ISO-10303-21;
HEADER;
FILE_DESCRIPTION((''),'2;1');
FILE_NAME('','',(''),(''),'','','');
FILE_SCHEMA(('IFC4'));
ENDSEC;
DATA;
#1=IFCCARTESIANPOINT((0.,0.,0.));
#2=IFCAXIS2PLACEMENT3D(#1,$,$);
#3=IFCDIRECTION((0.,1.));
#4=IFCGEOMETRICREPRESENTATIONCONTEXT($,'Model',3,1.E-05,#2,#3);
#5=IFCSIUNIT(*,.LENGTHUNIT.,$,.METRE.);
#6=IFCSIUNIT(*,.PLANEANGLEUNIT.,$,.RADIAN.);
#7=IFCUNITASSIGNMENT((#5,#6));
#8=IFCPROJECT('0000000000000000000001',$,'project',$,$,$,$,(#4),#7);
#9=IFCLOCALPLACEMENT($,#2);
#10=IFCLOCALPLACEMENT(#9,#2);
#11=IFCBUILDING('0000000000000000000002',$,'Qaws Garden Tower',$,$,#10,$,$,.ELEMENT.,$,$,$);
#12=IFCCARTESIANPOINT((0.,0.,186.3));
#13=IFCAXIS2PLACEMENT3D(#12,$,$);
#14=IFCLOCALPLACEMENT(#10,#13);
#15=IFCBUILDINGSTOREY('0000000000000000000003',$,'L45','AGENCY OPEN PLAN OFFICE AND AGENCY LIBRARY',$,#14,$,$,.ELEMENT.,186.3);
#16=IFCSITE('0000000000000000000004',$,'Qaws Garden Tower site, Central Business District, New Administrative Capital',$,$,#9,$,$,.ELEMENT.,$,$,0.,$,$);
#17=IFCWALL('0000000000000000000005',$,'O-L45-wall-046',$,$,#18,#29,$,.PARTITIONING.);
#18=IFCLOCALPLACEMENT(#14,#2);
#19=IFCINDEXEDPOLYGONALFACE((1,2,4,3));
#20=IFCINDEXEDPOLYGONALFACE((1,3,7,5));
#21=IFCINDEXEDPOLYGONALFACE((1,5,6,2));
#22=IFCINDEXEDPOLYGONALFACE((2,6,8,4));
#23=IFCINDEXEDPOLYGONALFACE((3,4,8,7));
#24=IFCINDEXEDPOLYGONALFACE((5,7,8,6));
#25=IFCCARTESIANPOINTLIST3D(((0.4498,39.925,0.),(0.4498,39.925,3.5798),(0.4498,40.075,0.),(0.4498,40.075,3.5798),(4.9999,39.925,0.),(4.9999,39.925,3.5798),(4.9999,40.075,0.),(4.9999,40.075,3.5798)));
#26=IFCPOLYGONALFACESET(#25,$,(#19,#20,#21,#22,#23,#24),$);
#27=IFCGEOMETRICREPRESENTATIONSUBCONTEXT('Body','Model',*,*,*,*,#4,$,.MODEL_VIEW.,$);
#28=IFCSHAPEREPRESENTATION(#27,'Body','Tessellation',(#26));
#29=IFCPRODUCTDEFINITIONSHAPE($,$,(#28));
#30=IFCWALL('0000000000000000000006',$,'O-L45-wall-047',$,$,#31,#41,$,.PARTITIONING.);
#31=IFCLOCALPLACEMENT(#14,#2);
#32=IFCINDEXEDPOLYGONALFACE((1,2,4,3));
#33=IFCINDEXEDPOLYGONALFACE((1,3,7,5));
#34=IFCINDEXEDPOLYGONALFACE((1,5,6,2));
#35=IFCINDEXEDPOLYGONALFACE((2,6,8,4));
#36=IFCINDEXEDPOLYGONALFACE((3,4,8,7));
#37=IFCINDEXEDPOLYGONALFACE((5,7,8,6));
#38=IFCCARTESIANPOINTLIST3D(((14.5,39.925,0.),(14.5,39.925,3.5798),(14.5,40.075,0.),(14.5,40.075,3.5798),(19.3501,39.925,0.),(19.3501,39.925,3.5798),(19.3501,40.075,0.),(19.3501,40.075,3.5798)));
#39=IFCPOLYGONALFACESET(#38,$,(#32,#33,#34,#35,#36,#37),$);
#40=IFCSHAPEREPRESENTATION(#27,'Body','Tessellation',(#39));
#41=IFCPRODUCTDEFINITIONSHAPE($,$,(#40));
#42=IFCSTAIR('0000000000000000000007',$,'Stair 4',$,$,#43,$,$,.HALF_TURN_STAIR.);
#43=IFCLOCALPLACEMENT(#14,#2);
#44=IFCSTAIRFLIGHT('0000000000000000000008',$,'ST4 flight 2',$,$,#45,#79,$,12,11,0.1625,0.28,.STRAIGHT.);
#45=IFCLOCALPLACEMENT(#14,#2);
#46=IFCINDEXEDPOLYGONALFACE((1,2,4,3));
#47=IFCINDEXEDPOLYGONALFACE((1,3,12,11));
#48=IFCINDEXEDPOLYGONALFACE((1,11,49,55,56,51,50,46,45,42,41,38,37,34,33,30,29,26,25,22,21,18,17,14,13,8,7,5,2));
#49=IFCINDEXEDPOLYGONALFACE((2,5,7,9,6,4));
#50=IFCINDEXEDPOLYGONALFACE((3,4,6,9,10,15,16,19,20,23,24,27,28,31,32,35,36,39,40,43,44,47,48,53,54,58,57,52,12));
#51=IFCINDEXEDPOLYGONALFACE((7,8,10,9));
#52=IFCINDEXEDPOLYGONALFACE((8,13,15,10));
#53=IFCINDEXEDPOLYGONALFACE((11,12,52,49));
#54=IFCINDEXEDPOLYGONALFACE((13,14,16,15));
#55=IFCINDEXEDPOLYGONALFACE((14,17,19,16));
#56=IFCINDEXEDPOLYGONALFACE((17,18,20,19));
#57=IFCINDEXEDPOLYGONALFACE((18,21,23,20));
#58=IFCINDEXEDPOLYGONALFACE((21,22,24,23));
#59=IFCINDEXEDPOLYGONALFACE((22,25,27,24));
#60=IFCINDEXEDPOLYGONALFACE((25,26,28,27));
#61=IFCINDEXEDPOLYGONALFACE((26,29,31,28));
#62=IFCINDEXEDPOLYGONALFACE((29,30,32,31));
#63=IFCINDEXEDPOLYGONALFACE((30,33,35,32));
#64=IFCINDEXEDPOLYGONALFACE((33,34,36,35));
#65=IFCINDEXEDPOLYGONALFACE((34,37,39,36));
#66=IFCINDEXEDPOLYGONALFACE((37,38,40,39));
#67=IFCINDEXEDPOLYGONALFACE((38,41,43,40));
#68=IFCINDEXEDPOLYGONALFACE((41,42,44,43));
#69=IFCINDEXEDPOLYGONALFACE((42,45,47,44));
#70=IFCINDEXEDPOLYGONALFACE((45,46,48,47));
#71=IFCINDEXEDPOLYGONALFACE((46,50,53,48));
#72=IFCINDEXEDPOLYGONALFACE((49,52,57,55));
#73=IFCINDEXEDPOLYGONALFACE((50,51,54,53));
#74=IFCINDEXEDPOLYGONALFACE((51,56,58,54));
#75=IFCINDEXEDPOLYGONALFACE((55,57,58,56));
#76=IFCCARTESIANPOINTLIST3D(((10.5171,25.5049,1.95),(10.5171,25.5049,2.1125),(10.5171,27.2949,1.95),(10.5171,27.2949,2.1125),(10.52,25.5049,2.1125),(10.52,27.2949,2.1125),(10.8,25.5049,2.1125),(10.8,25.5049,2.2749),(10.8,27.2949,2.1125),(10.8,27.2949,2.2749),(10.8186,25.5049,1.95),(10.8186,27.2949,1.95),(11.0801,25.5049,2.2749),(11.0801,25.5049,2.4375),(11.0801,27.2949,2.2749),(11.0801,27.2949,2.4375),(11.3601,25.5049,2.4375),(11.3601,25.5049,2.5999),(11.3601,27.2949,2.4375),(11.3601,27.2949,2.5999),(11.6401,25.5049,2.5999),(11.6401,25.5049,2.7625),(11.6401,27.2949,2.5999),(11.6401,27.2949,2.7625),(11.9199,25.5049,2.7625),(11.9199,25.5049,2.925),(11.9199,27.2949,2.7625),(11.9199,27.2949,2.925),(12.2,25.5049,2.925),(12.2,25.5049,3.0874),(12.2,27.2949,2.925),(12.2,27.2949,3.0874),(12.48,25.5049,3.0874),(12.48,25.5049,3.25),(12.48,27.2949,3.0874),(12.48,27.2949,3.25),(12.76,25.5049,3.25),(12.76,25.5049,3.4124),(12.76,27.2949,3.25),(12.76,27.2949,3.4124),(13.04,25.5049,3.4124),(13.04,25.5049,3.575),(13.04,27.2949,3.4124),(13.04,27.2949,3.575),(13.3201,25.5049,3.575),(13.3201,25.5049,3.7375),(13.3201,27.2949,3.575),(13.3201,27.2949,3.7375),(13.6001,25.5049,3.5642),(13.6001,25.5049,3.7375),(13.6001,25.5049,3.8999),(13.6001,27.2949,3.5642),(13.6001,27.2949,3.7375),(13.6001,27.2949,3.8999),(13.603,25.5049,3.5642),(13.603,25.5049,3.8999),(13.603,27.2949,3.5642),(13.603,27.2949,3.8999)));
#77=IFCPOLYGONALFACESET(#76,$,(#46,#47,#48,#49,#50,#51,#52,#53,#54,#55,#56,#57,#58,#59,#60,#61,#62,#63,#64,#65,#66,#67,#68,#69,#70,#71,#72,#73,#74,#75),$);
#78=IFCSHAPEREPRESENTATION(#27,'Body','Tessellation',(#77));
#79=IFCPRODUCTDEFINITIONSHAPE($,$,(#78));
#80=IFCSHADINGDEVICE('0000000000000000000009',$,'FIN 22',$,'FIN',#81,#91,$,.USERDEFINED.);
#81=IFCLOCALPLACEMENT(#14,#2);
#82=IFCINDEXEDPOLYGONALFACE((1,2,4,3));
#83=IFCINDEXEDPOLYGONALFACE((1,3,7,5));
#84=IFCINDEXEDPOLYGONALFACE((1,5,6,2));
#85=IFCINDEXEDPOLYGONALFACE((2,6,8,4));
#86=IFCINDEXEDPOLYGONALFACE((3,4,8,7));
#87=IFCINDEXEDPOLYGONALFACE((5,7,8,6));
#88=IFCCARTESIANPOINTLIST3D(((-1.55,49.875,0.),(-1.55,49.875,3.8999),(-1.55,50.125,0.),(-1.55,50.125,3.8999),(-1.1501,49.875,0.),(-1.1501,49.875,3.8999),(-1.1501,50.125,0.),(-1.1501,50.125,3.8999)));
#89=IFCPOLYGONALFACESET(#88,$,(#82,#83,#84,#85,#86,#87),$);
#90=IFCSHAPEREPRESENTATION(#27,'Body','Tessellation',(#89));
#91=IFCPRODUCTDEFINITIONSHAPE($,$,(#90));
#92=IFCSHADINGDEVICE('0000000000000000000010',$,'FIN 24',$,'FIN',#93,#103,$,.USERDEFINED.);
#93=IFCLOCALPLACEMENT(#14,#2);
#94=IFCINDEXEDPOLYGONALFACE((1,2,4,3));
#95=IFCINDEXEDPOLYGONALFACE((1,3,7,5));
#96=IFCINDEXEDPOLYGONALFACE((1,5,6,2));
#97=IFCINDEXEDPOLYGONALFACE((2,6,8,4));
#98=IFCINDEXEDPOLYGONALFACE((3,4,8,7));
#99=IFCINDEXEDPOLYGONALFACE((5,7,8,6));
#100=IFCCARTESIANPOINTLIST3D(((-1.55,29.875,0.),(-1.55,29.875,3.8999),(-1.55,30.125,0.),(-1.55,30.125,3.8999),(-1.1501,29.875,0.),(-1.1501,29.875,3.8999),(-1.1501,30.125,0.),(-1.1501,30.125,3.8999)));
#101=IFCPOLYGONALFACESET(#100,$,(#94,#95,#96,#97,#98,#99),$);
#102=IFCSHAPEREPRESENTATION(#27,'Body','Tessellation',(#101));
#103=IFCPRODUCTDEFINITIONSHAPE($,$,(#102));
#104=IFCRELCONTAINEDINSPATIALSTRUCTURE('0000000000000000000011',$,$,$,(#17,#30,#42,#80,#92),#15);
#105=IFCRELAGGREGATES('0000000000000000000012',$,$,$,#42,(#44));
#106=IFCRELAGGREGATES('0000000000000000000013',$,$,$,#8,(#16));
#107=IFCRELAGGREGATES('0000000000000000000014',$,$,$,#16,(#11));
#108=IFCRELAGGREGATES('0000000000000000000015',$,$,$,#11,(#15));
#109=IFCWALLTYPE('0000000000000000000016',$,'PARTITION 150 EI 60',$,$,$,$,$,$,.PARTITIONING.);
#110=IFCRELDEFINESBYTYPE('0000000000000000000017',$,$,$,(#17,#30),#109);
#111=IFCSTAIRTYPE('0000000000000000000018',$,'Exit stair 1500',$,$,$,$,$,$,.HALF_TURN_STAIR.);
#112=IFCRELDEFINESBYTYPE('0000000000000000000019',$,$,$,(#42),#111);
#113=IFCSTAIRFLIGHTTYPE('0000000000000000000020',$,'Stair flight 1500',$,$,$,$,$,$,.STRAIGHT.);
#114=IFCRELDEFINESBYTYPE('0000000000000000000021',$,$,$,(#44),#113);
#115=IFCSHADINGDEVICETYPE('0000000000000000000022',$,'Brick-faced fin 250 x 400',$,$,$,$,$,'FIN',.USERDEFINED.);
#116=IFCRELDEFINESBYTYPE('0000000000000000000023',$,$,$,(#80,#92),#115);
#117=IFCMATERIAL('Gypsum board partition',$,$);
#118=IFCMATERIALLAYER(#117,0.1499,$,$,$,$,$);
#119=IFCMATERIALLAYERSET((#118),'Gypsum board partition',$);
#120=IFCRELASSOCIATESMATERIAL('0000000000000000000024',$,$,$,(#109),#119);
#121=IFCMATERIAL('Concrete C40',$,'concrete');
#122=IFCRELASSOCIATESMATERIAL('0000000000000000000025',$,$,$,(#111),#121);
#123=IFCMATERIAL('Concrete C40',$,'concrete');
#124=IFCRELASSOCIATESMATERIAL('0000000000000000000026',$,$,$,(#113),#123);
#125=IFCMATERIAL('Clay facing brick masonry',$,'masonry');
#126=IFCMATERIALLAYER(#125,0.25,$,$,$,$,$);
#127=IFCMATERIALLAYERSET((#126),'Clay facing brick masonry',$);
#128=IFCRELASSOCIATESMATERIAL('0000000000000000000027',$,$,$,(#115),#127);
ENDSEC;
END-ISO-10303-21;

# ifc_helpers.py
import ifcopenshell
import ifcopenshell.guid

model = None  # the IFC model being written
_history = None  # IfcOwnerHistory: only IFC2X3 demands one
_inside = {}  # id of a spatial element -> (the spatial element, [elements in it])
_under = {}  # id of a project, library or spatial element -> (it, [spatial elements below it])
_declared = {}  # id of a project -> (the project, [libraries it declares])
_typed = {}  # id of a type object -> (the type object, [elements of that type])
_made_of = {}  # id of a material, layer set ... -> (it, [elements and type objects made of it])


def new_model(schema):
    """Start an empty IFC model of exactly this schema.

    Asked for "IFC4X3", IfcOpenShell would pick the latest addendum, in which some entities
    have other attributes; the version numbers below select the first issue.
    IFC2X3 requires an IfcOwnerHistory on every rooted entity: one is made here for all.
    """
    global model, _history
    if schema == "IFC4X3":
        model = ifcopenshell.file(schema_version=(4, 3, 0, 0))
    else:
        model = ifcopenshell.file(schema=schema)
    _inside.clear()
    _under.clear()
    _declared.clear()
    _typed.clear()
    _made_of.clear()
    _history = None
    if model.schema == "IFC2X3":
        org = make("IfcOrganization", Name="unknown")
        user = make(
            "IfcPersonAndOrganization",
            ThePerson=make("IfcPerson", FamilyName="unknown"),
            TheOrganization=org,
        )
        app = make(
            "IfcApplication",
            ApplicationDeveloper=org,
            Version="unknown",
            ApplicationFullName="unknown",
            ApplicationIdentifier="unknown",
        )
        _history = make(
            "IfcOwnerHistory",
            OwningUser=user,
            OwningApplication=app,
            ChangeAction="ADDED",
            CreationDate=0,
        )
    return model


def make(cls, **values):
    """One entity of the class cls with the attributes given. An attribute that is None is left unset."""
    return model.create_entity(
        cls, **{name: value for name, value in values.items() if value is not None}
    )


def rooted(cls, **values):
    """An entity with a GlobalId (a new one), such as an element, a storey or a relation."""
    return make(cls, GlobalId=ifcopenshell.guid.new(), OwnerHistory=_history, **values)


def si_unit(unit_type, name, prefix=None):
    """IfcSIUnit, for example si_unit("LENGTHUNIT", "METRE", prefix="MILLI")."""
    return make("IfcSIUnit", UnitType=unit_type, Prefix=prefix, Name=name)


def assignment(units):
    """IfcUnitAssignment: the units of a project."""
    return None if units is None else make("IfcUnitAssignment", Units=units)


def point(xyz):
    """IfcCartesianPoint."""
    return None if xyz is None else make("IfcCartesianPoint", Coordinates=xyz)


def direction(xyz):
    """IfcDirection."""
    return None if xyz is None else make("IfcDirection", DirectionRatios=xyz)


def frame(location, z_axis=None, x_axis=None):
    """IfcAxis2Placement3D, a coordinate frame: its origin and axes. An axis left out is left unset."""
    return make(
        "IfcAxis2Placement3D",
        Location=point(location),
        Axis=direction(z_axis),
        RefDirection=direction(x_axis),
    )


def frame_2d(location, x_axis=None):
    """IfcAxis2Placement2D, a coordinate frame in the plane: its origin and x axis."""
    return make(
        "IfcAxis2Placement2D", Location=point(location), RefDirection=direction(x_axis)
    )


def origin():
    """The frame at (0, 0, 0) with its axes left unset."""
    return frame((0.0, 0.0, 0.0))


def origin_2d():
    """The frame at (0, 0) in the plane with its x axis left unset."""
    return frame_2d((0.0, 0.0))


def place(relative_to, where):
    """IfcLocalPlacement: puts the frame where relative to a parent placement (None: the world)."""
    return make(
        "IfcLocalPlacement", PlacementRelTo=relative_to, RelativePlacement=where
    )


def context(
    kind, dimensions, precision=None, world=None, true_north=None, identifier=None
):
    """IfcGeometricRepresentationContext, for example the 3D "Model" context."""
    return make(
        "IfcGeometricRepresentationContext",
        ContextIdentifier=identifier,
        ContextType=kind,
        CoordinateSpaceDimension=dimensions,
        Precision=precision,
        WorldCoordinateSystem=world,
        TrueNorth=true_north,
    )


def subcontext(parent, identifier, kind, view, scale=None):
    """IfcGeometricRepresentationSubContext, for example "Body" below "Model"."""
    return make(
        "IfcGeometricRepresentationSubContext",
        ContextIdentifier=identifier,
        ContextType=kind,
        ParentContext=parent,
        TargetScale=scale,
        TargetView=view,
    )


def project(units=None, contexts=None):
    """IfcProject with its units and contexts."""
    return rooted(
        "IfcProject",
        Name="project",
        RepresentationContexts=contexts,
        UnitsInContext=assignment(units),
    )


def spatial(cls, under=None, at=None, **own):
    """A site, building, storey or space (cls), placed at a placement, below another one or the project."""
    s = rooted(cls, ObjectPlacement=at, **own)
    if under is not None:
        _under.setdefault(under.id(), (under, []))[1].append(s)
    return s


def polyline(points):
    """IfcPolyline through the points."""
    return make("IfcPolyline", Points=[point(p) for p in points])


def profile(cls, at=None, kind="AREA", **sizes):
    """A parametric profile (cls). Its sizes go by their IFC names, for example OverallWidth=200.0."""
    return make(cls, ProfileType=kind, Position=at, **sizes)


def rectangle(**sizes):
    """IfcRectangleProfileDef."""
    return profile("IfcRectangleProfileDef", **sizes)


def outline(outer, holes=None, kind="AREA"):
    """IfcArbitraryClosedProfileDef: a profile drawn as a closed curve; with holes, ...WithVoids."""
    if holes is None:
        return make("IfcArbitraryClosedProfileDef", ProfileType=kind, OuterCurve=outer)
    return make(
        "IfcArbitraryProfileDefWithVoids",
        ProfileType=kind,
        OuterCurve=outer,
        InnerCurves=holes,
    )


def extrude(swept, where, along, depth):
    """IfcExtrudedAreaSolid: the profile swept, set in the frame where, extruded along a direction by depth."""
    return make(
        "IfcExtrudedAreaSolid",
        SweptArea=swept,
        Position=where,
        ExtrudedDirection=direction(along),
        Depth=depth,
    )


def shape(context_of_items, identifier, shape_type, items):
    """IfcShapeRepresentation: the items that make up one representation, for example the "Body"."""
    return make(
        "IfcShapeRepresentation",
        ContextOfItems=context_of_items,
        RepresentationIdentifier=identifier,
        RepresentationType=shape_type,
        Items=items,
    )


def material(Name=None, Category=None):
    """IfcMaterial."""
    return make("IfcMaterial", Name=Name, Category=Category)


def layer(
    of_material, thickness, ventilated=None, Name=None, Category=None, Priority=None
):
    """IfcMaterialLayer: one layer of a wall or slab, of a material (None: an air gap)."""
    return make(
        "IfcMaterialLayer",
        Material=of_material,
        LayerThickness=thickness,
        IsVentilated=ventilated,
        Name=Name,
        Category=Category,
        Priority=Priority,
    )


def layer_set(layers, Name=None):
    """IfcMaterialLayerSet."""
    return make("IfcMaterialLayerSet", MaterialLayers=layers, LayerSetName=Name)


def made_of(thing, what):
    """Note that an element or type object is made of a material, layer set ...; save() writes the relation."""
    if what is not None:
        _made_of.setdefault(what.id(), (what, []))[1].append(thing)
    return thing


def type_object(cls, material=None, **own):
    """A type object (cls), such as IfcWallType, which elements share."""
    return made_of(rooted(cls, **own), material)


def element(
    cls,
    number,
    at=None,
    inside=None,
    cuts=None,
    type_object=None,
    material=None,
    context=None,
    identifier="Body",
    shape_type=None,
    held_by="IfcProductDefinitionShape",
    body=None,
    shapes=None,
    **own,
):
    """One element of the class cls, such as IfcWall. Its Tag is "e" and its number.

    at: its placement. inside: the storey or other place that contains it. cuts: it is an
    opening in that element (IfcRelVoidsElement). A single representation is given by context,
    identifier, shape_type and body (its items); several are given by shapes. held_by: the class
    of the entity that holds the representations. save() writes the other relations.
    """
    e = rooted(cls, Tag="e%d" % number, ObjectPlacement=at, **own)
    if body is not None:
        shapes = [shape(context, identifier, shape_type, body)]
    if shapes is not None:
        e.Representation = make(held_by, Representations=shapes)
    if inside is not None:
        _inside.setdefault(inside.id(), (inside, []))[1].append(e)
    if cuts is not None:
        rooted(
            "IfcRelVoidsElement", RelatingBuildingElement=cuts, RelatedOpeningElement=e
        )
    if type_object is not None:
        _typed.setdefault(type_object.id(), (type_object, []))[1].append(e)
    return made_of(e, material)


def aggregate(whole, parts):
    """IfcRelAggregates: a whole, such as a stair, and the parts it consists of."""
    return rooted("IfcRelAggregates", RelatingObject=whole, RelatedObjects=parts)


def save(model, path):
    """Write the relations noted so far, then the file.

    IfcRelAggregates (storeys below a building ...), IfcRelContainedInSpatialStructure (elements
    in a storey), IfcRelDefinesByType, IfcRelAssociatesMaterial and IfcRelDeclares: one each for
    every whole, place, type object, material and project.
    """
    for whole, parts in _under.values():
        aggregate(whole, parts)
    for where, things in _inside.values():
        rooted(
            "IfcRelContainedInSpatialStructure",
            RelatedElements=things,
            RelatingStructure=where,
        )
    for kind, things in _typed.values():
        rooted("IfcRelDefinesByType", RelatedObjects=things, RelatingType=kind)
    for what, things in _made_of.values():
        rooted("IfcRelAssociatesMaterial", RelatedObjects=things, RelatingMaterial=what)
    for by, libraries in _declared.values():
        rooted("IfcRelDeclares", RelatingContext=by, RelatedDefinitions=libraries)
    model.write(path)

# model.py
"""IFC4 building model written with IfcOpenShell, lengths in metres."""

from ifc_helpers import new_model, si_unit, direction, frame, frame_2d, origin, origin_2d, place, context, subcontext, project, spatial, polyline, rectangle, outline, extrude, material, layer, layer_set, type_object, element, aggregate, save


model = new_model("IFC4")

# Units and contexts
model_context = context("Model", 3, precision=1e-05, world=origin(), true_north=direction((0.0, 1.0)))
body_context = subcontext(model_context, "Body", "Model", "MODEL_VIEW")
ifc_project = project(units=[si_unit("LENGTHUNIT", "METRE"), si_unit("PLANEANGLEUNIT", "RADIAN")], contexts=[model_context])

# Site, building, storey
site_placement = place(None, origin())
site = spatial("IfcSite", under=ifc_project, at=site_placement, Name="Qaws Garden Tower site, Central Business District, New Administrative Capital", CompositionType="ELEMENT", RefElevation=0.0)
building_placement = place(site_placement, origin())
building = spatial("IfcBuilding", under=site, at=building_placement, Name="Qaws Garden Tower", CompositionType="ELEMENT")
storey_placement = place(building_placement, frame((0.0, 0.0, 186.3)))
storey = spatial("IfcBuildingStorey", under=building, at=storey_placement, Name="L45", Description="AGENCY OPEN PLAN OFFICE AND AGENCY LIBRARY", CompositionType="ELEMENT", Elevation=186.3)

# Walls
ifc_material_1 = material(Name="Gypsum board partition")
ifc_layer_1 = layer(ifc_material_1, 0.1499)
ifc_layer_set_1 = layer_set([ifc_layer_1], Name="Gypsum board partition")
wall_type_1 = type_object("IfcWallType", Name="PARTITION 150 EI 60", PredefinedType="PARTITIONING", material=ifc_layer_set_1)
wall_1_placement = place(storey_placement, frame((0.45, 40.0, 0.0), z_axis=(0.0, 0.0, 1.0), x_axis=(1.0, 0.0, 0.0)))
element("IfcWall", 1, at=wall_1_placement, inside=storey, type_object=wall_type_1, Name="O-L45-wall-046", PredefinedType="PARTITIONING", context=body_context, shape_type="SweptSolid", body=[
    extrude(rectangle(XDim=4.55, YDim=0.1499, at=frame_2d((2.2749, 0.0))), origin(), (0.0, 0.0, 1.0), 3.5798),
])
wall_2_placement = place(storey_placement, frame((14.5, 40.0, 0.0), z_axis=(0.0, 0.0, 1.0), x_axis=(1.0, 0.0, 0.0)))
element("IfcWall", 2, at=wall_2_placement, inside=storey, type_object=wall_type_1, Name="O-L45-wall-047", PredefinedType="PARTITIONING", context=body_context, shape_type="SweptSolid", body=[
    extrude(rectangle(XDim=4.8501, YDim=0.1499, at=frame_2d((2.425, 0.0))), origin(), (0.0, 0.0, 1.0), 3.5798),
])

# Stair, stair flight
ifc_material_2 = material(Name="Concrete C40", Category="concrete")
stair_type = type_object("IfcStairType", Name="Exit stair 1500", PredefinedType="HALF_TURN_STAIR", material=ifc_material_2)
stair_placement = place(storey_placement, origin())
stair = element("IfcStair", 3, at=stair_placement, inside=storey, type_object=stair_type, Name="Stair 4", PredefinedType="HALF_TURN_STAIR")
ifc_material_3 = material(Name="Concrete C40", Category="concrete")
stair_flight_type = type_object("IfcStairFlightType", Name="Stair flight 1500", PredefinedType="STRAIGHT", material=ifc_material_3)
stair_flight_placement = place(storey_placement, frame((10.52, 26.3999, 1.95), z_axis=(0.0, 0.0, 1.0), x_axis=(1.0, 0.0, 0.0)))
stair_flight = element("IfcStairFlight", 4, at=stair_flight_placement, type_object=stair_flight_type, Name="ST4 flight 2", NumberOfRisers=12, NumberOfTreads=11, PredefinedType="STRAIGHT", RiserHeight=0.1625, TreadLength=0.28, context=body_context, shape_type="SweptSolid", body=[
    extrude(outline(polyline([(-0.0029, 0.0), (-0.0029, 0.1626), (0.0, 0.1626), (0.28, 0.1626), (0.28, 0.325), (0.5601, 0.325), (0.5601, 0.4875), (0.8401, 0.4875), (0.8401, 0.6499), (1.1201, 0.6499), (1.1201, 0.8125), (1.3999, 0.8125), (1.3999, 0.9751), (1.6799, 0.9751), (1.6799, 1.1375), (1.96, 1.1375), (1.96, 1.3), (2.24, 1.3), (2.24, 1.4624), (2.52, 1.4624), (2.52, 1.625), (2.8, 1.625), (2.8, 1.7876), (3.0801, 1.7876), (3.0801, 1.95), (3.083, 1.95), (3.083, 1.6143), (3.0801, 1.6143), (0.2986, 0.0), (-0.0029, 0.0)])), frame((0.0, 0.895, 0.0), z_axis=(0.0, -1.0, 0.0), x_axis=(1.0, 0.0, 0.0)), (0.0, 0.0, 1.0), 1.79),
])
aggregate(stair, [stair_flight])

# Shading devices
ifc_material_4 = material(Name="Clay facing brick masonry", Category="masonry")
ifc_layer_2 = layer(ifc_material_4, 0.25)
ifc_layer_set_2 = layer_set([ifc_layer_2], Name="Clay facing brick masonry")
shading_device_type = type_object("IfcShadingDeviceType", Name="Brick-faced fin 250 x 400", ElementType="FIN", PredefinedType="USERDEFINED", material=ifc_layer_set_2)
for number, where, z_axis, x_axis, name in (
    (5, (-1.3501, 50.0, 0.0), (0.0, 0.0, 1.0), (0.0, -1.0, 0.0), "FIN 22"),
    (6, (-1.3501, 30.0, 0.0), (0.0, 0.0, 1.0), (0.0, -1.0, 0.0), "FIN 24"),
):
    element("IfcShadingDevice", number, at=place(storey_placement, frame(where, z_axis=z_axis, x_axis=x_axis)), inside=storey, type_object=shading_device_type, Name=name, ObjectType="FIN", PredefinedType="USERDEFINED", context=body_context, shape_type="SweptSolid", body=[
        extrude(rectangle(XDim=0.25, YDim=0.3999, at=origin_2d()), origin(), (0.0, 0.0, 1.0), 3.8999),
    ])

save(model, "model.ifc")
